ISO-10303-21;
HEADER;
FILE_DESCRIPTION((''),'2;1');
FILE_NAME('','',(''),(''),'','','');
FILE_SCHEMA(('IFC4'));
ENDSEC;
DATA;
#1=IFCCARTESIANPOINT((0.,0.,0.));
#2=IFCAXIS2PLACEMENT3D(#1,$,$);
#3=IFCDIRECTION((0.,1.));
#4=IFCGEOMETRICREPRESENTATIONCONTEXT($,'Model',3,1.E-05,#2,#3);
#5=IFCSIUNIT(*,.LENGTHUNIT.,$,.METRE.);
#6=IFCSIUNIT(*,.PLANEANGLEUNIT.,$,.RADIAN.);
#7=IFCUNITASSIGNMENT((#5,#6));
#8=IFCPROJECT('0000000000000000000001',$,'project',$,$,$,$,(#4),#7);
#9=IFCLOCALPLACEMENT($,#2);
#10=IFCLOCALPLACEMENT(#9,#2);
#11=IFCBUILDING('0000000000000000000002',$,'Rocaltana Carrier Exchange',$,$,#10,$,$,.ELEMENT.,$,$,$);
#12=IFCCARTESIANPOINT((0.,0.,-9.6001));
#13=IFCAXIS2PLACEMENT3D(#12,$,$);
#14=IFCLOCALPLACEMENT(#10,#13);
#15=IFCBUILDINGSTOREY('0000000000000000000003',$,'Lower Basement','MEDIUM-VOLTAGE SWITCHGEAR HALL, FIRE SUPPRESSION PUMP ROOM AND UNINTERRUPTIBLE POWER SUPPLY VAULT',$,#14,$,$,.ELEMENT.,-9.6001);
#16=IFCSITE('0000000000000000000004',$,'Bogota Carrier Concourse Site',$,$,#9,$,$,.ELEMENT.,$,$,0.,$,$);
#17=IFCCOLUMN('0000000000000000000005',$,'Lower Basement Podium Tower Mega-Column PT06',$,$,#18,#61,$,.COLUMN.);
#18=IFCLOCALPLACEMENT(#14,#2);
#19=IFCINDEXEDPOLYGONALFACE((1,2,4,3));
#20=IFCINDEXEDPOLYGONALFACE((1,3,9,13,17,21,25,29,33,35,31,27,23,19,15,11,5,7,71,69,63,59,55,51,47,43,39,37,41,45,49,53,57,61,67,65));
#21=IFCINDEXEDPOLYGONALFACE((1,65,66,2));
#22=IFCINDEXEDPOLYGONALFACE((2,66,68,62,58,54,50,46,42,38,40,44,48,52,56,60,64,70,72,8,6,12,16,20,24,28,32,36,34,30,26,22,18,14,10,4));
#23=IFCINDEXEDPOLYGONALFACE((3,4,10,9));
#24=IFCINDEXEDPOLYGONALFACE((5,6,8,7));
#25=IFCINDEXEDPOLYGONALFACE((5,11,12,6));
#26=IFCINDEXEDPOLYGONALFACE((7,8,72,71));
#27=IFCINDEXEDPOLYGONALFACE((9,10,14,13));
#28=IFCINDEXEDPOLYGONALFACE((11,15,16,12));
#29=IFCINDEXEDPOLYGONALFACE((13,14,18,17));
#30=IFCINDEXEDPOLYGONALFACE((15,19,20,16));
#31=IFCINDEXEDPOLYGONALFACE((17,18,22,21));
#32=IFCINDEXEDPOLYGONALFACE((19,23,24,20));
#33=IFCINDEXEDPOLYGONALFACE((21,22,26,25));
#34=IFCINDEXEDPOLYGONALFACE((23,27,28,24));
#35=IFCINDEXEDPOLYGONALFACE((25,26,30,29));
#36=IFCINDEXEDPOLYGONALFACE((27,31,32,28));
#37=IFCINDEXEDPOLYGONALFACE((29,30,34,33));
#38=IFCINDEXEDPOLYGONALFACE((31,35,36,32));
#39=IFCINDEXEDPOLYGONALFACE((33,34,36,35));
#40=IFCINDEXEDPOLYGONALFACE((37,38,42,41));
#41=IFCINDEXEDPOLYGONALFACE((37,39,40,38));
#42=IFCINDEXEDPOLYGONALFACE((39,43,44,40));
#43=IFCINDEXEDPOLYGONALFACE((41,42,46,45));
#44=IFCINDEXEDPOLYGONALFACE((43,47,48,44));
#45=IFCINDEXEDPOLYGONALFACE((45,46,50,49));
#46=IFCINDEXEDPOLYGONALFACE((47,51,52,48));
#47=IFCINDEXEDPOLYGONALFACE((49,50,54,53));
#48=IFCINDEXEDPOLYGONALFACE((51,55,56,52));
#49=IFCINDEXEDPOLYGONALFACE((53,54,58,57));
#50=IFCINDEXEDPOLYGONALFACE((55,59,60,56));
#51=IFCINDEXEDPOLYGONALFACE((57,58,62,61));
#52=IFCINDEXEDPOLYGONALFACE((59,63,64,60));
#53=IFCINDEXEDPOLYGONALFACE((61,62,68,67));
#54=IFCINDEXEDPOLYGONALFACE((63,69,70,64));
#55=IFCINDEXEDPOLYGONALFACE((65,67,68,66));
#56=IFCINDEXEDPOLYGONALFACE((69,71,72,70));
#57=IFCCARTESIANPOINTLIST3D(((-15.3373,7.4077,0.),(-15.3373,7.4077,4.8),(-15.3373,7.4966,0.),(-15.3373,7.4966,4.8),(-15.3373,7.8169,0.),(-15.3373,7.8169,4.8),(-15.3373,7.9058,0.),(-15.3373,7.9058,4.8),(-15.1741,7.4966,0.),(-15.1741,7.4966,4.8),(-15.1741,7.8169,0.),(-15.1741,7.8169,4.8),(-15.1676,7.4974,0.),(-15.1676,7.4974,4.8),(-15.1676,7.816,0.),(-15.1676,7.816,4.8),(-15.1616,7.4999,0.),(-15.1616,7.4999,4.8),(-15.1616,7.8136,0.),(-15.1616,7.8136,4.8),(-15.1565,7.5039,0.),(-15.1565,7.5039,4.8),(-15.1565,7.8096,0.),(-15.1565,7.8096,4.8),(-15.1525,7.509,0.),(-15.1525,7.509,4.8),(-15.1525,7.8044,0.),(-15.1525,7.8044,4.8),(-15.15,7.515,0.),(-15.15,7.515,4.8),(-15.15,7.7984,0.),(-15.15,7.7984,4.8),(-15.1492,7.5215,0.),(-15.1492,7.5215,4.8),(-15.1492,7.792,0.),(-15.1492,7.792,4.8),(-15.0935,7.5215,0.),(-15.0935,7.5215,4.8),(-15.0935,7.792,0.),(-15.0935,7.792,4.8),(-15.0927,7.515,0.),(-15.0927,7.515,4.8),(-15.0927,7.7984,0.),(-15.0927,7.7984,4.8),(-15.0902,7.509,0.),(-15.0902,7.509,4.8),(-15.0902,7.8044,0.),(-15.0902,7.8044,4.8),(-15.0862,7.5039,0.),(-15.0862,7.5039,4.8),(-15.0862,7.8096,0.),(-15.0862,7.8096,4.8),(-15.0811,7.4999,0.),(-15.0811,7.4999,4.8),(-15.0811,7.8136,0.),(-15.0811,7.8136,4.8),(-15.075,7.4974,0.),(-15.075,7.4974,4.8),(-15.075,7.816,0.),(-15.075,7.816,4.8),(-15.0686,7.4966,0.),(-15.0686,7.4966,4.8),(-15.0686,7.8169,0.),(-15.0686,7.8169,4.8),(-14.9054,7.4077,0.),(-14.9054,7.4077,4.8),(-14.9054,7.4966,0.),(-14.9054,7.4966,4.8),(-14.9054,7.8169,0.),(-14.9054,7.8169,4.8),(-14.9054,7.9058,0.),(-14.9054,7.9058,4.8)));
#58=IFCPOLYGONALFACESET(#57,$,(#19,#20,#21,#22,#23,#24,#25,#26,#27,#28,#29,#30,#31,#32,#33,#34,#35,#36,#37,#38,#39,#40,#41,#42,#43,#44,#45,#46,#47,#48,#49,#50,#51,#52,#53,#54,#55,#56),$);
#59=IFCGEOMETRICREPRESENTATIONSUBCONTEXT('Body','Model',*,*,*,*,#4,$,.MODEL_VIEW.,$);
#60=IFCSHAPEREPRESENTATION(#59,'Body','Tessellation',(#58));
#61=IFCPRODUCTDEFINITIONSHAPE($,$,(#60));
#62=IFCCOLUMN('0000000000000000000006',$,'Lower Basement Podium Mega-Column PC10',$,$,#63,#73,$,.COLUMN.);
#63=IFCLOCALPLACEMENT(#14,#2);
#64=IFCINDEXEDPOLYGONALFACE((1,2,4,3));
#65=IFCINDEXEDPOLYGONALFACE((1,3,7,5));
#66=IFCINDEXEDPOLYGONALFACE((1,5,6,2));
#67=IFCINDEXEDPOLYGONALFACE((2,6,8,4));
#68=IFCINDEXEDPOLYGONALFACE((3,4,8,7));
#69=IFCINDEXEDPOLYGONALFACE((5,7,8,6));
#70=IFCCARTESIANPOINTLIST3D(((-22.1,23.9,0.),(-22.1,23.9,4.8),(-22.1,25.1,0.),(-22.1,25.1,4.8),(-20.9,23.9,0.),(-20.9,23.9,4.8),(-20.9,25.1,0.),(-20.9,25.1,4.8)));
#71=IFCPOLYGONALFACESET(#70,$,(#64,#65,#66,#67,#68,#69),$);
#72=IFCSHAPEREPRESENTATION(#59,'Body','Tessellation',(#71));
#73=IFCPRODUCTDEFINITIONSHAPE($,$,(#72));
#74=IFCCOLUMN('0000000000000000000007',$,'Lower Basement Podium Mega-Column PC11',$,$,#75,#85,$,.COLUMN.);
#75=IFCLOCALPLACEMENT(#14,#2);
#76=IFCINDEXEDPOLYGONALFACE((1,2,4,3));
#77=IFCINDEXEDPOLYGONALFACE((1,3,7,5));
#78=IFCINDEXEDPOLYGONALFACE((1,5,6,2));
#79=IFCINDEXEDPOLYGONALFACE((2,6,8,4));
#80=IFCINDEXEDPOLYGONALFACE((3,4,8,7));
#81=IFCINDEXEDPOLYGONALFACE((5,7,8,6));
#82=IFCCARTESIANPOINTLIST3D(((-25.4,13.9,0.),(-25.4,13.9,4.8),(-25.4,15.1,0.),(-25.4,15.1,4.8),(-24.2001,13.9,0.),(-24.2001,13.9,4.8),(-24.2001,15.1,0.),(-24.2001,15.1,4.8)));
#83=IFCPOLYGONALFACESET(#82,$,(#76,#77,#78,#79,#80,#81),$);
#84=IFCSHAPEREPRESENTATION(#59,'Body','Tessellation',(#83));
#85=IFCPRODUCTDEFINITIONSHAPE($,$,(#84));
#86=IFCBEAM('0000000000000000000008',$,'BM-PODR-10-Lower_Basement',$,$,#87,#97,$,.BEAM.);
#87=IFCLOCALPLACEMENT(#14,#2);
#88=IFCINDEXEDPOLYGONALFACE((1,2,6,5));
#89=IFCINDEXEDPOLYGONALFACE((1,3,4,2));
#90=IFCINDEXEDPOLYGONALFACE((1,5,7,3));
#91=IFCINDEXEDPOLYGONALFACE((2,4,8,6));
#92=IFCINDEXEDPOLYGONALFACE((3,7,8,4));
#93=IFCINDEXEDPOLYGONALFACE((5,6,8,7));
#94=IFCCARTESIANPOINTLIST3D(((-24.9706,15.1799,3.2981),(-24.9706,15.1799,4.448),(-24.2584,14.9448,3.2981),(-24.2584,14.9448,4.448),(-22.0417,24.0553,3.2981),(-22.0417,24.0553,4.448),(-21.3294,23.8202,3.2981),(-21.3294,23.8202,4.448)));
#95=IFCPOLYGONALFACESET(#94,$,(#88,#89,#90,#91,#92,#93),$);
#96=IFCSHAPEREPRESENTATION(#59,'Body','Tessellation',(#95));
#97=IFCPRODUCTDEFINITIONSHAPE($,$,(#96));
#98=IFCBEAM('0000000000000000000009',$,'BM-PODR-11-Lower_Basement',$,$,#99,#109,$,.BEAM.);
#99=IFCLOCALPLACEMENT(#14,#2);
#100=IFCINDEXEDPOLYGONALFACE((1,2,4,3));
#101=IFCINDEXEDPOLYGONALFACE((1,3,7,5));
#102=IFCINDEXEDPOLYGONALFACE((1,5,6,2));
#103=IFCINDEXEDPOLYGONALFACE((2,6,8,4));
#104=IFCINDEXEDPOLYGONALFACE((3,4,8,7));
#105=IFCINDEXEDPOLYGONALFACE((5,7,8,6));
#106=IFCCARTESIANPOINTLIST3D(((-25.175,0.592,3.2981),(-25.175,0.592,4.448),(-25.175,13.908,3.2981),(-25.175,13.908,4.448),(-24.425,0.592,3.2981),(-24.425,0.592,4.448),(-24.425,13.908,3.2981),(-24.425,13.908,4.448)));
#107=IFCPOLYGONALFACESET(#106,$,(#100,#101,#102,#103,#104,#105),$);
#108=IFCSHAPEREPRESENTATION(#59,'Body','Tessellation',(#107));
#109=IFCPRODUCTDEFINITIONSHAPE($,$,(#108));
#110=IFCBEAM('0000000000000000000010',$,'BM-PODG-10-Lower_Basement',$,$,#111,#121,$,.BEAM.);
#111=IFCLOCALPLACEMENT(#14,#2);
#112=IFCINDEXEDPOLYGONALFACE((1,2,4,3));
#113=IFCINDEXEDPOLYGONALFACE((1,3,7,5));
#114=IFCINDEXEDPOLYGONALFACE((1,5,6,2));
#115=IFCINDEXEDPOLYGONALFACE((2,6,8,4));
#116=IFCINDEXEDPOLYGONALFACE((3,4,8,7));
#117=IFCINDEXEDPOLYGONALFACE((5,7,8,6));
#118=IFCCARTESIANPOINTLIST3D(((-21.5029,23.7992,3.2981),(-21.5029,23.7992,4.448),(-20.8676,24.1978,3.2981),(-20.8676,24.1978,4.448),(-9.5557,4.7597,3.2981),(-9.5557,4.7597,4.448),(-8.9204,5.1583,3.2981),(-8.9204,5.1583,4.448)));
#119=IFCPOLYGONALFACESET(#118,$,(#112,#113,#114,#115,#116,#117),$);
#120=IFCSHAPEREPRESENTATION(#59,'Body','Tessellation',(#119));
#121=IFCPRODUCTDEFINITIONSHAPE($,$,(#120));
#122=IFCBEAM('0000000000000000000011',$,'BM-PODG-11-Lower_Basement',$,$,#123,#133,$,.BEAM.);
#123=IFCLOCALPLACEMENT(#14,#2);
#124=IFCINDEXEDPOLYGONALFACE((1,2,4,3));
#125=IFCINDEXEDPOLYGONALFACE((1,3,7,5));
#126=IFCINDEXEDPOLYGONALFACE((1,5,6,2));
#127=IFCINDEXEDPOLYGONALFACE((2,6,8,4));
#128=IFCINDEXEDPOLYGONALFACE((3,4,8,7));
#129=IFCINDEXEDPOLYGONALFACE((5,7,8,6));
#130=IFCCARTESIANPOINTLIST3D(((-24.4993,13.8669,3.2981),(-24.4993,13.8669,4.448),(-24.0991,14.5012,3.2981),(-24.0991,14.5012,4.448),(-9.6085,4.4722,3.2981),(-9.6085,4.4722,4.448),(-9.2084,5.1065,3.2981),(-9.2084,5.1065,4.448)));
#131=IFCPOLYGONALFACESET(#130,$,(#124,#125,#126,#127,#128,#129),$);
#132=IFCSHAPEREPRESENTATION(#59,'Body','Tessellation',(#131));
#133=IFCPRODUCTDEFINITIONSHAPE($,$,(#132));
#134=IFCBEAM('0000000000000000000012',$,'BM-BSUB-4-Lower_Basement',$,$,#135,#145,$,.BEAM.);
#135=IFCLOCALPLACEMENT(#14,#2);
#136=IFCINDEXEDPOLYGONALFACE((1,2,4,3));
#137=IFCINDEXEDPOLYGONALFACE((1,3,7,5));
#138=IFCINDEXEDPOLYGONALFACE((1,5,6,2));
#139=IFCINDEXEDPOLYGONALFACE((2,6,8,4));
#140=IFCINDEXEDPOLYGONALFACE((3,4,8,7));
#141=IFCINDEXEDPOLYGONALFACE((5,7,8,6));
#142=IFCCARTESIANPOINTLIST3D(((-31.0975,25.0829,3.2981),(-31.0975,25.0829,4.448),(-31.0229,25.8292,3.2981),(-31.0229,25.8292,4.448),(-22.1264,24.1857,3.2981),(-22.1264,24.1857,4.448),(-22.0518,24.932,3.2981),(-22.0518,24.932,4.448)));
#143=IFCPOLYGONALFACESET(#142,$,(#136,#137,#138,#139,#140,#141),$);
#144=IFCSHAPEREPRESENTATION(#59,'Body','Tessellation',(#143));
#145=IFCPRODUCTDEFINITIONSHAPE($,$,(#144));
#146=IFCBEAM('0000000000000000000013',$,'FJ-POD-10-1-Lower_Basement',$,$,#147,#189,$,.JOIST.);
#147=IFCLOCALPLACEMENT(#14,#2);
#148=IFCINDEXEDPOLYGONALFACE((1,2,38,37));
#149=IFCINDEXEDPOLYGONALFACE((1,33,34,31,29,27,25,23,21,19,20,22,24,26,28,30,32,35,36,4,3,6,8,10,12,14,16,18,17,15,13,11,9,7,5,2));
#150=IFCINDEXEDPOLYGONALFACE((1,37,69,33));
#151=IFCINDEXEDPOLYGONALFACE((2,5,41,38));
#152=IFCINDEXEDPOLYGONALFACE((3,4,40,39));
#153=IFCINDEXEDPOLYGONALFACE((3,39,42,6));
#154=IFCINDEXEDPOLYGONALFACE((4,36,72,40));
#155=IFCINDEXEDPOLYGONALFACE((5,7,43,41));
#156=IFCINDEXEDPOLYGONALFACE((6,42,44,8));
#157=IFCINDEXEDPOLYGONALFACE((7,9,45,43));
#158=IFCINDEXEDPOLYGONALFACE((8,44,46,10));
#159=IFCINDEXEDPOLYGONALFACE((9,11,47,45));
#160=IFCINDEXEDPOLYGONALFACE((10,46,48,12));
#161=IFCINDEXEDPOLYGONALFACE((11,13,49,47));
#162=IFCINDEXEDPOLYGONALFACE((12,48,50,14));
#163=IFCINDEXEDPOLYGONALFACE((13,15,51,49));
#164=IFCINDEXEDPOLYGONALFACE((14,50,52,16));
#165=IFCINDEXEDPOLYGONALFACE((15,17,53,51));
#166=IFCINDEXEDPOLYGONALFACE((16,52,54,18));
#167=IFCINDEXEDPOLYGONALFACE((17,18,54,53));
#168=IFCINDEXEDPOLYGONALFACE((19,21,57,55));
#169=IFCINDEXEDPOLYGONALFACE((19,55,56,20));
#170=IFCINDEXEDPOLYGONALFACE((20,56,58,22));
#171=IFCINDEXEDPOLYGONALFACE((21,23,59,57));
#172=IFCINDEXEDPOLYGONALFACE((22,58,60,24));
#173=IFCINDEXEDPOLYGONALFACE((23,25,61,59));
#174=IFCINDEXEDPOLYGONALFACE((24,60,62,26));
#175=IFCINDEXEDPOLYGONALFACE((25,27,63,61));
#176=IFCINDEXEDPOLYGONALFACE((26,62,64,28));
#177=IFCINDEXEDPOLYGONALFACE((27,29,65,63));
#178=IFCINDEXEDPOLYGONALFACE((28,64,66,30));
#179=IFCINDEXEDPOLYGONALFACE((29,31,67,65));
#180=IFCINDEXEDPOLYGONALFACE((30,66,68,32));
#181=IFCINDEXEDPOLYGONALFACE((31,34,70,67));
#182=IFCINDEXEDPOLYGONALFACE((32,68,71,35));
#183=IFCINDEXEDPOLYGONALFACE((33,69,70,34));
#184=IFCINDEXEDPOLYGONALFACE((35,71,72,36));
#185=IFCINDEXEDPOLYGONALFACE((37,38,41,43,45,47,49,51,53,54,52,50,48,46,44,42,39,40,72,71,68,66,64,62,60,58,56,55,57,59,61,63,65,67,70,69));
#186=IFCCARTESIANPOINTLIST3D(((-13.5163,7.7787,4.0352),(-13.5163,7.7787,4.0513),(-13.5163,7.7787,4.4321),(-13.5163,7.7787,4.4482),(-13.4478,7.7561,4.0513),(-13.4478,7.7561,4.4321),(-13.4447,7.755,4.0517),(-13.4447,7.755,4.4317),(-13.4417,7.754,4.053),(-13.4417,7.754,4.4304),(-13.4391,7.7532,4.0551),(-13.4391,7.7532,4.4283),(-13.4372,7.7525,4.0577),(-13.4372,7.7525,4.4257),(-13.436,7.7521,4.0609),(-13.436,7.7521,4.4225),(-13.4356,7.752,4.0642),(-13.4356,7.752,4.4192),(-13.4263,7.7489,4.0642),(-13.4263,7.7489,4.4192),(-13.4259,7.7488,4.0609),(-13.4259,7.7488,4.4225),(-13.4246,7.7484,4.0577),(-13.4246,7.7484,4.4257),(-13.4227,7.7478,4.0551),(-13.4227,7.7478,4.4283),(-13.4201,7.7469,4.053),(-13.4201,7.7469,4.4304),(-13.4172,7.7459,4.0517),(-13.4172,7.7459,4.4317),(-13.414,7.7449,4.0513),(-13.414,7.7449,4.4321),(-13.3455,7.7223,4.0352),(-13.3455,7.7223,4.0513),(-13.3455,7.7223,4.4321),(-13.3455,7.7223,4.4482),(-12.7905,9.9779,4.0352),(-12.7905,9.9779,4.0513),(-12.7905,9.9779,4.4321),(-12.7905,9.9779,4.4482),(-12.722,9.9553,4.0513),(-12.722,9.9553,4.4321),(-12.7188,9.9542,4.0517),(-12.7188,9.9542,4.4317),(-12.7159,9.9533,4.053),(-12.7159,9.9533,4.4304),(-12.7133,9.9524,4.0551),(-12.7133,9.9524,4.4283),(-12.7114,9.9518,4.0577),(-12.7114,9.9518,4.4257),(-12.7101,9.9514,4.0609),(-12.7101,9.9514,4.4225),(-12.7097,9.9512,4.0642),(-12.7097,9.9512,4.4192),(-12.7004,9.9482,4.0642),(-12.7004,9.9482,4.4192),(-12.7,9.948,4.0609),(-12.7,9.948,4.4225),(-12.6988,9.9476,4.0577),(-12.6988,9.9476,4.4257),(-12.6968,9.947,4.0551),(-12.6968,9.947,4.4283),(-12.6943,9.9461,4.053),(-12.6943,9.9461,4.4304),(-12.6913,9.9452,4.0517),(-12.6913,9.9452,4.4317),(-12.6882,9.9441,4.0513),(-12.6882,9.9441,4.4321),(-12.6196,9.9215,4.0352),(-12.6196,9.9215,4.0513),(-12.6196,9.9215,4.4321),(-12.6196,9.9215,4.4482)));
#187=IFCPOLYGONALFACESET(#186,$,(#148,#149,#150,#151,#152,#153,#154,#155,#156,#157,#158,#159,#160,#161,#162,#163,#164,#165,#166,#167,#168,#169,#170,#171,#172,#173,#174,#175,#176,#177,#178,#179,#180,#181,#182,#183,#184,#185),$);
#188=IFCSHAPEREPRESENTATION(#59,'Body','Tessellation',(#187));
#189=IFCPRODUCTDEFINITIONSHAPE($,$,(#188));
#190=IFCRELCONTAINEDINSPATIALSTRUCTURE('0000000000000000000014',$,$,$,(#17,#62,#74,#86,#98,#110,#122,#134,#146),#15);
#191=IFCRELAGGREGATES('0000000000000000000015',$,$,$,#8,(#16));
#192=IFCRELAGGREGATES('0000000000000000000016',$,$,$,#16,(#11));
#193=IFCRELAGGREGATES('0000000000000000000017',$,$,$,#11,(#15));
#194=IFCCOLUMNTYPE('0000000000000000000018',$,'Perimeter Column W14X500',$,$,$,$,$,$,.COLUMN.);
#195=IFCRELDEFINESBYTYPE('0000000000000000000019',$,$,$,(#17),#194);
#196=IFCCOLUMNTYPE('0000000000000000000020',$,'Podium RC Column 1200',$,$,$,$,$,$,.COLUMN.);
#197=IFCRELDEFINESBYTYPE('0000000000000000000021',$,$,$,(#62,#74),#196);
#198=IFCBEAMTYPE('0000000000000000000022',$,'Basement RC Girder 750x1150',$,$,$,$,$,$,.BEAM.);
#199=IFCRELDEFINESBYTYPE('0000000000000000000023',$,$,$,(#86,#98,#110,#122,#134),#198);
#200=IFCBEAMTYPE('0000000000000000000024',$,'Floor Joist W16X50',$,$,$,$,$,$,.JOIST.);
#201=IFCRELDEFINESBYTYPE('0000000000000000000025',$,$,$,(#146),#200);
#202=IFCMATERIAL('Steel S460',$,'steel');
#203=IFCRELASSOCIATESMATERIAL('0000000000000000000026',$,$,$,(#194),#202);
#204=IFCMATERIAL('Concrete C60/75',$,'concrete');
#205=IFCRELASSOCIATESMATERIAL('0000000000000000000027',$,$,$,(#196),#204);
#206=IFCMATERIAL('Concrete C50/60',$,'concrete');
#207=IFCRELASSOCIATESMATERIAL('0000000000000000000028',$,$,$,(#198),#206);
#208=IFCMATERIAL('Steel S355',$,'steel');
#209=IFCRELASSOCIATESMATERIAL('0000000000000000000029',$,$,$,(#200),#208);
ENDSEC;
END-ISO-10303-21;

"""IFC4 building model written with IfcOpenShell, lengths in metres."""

from ifc_helpers import new_model, si_unit, direction, frame, origin, origin_2d, place, context, subcontext, project, spatial, rectangle, i_section, extrude, material, material_profile, profile_set, type_object, element, save


model = new_model("IFC4")

# Units and contexts
model_context = context("Model", 3, precision=1e-05, world=origin(), true_north=direction((0.0, 1.0)))
body_context = subcontext(model_context, "Body", "Model", "MODEL_VIEW")
ifc_project = project(units=[si_unit("LENGTHUNIT", "METRE"), si_unit("PLANEANGLEUNIT", "RADIAN")], contexts=[model_context])

# Site, building, storey
site_placement = place(None, origin())
site = spatial("IfcSite", under=ifc_project, at=site_placement, Name="Bogota Carrier Concourse Site", CompositionType="ELEMENT", RefElevation=0.0)
building_placement = place(site_placement, origin())
building = spatial("IfcBuilding", under=site, at=building_placement, Name="Rocaltana Carrier Exchange", CompositionType="ELEMENT")
storey_placement = place(building_placement, frame((0.0, 0.0, -9.6001)))
storey = spatial("IfcBuildingStorey", under=building, at=storey_placement, Name="Lower Basement", Description="MEDIUM-VOLTAGE SWITCHGEAR HALL, FIRE SUPPRESSION PUMP ROOM AND UNINTERRUPTIBLE POWER SUPPLY VAULT", CompositionType="ELEMENT", Elevation=-9.6001)

# Columns
ifc_material_1 = material(Name="Steel S460", Category="steel")
ifc_material_profile_1 = material_profile(ifc_material_1, i_section(OverallWidth=0.4319, OverallDepth=0.498, WebThickness=0.0557, FlangeThickness=0.0889, FilletRadius=0.0249, at=origin_2d()), Name="W14X500")
ifc_profile_set_1 = profile_set([ifc_material_profile_1], Name="Steel S460")
column_type_1 = type_object("IfcColumnType", Name="Perimeter Column W14X500", PredefinedType="COLUMN", material=ifc_profile_set_1)
for number, where, z_axis, x_axis, name in (
    (1, (-15.1213, 7.6567, 0.0), (0.0, 0.0, 1.0), (1.0, 0.0, 0.0), "Lower Basement Podium Tower Mega-Column PT06"),
):
    element("IfcColumn", number, at=place(storey_placement, frame(where, z_axis=z_axis, x_axis=x_axis)), inside=storey, type_object=column_type_1, Name=name, PredefinedType="COLUMN", context=body_context, shape_type="SweptSolid", body=[
        extrude(i_section(OverallWidth=0.4319, OverallDepth=0.498, WebThickness=0.0557, FlangeThickness=0.0889, FilletRadius=0.0249, at=origin_2d()), origin(), (0.0, 0.0, 1.0), 4.8),
    ])
ifc_material_2 = material(Name="Concrete C60/75", Category="concrete")
ifc_material_profile_2 = material_profile(ifc_material_2, rectangle(XDim=1.2, YDim=1.2, at=origin_2d()), Name="RC-COL-1200X1200")
ifc_profile_set_2 = profile_set([ifc_material_profile_2], Name="Concrete C60/75")
column_type_2 = type_object("IfcColumnType", Name="Podium RC Column 1200", PredefinedType="COLUMN", material=ifc_profile_set_2)
for number, where, z_axis, x_axis, name in (
    (2, (-21.5, 24.5, 0.0), (0.0, 0.0, 1.0), (1.0, 0.0, 0.0), "Lower Basement Podium Mega-Column PC10"),
    (3, (-24.8, 14.5, 0.0), (0.0, 0.0, 1.0), (1.0, 0.0, 0.0), "Lower Basement Podium Mega-Column PC11"),
):
    element("IfcColumn", number, at=place(storey_placement, frame(where, z_axis=z_axis, x_axis=x_axis)), inside=storey, type_object=column_type_2, Name=name, PredefinedType="COLUMN", context=body_context, shape_type="SweptSolid", body=[
        extrude(rectangle(XDim=1.2, YDim=1.2, at=origin_2d()), origin(), (0.0, 0.0, 1.0), 4.8),
    ])

# Beams
ifc_material_3 = material(Name="Concrete C50/60", Category="concrete")
ifc_material_profile_3 = material_profile(ifc_material_3, rectangle(XDim=0.75, YDim=1.1499, at=origin_2d()), Name="RC-BM-750X1150")
ifc_profile_set_3 = profile_set([ifc_material_profile_3], Name="Concrete C50/60")
beam_type_1 = type_object("IfcBeamType", Name="Basement RC Girder 750x1150", PredefinedType="BEAM", material=ifc_profile_set_3)
beam_1_placement = place(storey_placement, frame((-21.6855, 23.9377, 3.873), z_axis=(-0.313382, -0.949627, 0.0), x_axis=(0.949627, -0.313382, 0.0)))
element("IfcBeam", 4, at=beam_1_placement, inside=storey, type_object=beam_type_1, Name="BM-PODR-10-Lower_Basement", PredefinedType="BEAM", context=body_context, shape_type="SweptSolid", body=[
    extrude(rectangle(XDim=0.75, YDim=1.1499, at=origin_2d()), origin(), (0.0, 0.0, 1.0), 9.3462),
])
beam_2_placement = place(storey_placement, frame((-24.8, 13.908, 3.873), z_axis=(0.0, -1.0, 0.0), x_axis=(1.0, 0.0, 0.0)))
element("IfcBeam", 5, at=beam_2_placement, inside=storey, type_object=beam_type_1, Name="BM-PODR-11-Lower_Basement", PredefinedType="BEAM", context=body_context, shape_type="SweptSolid", body=[
    extrude(rectangle(XDim=0.75, YDim=1.1499, at=origin_2d()), origin(), (0.0, 0.0, 1.0), 13.3159),
])
beam_3_placement = place(storey_placement, frame((-9.238, 4.959, 3.873), z_axis=(-0.531519, 0.847046, 0.0), x_axis=(-0.847046, -0.531519, 0.0)))
element("IfcBeam", 6, at=beam_3_placement, inside=storey, type_object=beam_type_1, Name="BM-PODG-10-Lower_Basement", PredefinedType="BEAM", context=body_context, shape_type="SweptSolid", body=[
    extrude(rectangle(XDim=0.75, YDim=1.1499, at=origin_2d()), origin(), (0.0, 0.0, 1.0), 22.4775),
])
beam_4_placement = place(storey_placement, frame((-9.4084, 4.7893, 3.873), z_axis=(-0.845745, 0.533588, 0.0), x_axis=(-0.533588, -0.845745, 0.0)))
element("IfcBeam", 7, at=beam_4_placement, inside=storey, type_object=beam_type_1, Name="BM-PODG-11-Lower_Basement", PredefinedType="BEAM", context=body_context, shape_type="SweptSolid", body=[
    extrude(rectangle(XDim=0.75, YDim=1.1499, at=origin_2d()), origin(), (0.0, 0.0, 1.0), 17.6067),
])
beam_5_placement = place(storey_placement, frame((-22.0891, 24.5588, 3.873), z_axis=(-0.995036, 0.099514, 0.0), x_axis=(-0.099514, -0.995036, 0.0)))
element("IfcBeam", 8, at=beam_5_placement, inside=storey, type_object=beam_type_1, Name="BM-BSUB-4-Lower_Basement", PredefinedType="BEAM", context=body_context, shape_type="SweptSolid", body=[
    extrude(rectangle(XDim=0.75, YDim=1.1499, at=origin_2d()), origin(), (0.0, 0.0, 1.0), 9.0159),
])
ifc_material_4 = material(Name="Steel S355", Category="steel")
ifc_material_profile_4 = material_profile(ifc_material_4, i_section(OverallWidth=0.1799, OverallDepth=0.4131, WebThickness=0.0098, FlangeThickness=0.0161, FilletRadius=0.0129, at=origin_2d()), Name="W16X50")
ifc_profile_set_4 = profile_set([ifc_material_profile_4], Name="Steel S355")
beam_type_2 = type_object("IfcBeamType", Name="Floor Joist W16X50", PredefinedType="JOIST", material=ifc_profile_set_4)
beam_6_placement = place(storey_placement, frame((-12.7051, 9.9497, 4.2417), z_axis=(-0.313412, -0.949617, 0.0), x_axis=(0.949617, -0.313412, 0.0)))
element("IfcBeam", 9, at=beam_6_placement, inside=storey, type_object=beam_type_2, Name="FJ-POD-10-1-Lower_Basement", PredefinedType="JOIST", context=body_context, shape_type="SweptSolid", body=[
    extrude(i_section(OverallWidth=0.1799, OverallDepth=0.4131, WebThickness=0.0098, FlangeThickness=0.0161, FilletRadius=0.0129, at=origin_2d()), origin(), (0.0, 0.0, 1.0), 2.3159),
])

save(model, "model.ifc")
